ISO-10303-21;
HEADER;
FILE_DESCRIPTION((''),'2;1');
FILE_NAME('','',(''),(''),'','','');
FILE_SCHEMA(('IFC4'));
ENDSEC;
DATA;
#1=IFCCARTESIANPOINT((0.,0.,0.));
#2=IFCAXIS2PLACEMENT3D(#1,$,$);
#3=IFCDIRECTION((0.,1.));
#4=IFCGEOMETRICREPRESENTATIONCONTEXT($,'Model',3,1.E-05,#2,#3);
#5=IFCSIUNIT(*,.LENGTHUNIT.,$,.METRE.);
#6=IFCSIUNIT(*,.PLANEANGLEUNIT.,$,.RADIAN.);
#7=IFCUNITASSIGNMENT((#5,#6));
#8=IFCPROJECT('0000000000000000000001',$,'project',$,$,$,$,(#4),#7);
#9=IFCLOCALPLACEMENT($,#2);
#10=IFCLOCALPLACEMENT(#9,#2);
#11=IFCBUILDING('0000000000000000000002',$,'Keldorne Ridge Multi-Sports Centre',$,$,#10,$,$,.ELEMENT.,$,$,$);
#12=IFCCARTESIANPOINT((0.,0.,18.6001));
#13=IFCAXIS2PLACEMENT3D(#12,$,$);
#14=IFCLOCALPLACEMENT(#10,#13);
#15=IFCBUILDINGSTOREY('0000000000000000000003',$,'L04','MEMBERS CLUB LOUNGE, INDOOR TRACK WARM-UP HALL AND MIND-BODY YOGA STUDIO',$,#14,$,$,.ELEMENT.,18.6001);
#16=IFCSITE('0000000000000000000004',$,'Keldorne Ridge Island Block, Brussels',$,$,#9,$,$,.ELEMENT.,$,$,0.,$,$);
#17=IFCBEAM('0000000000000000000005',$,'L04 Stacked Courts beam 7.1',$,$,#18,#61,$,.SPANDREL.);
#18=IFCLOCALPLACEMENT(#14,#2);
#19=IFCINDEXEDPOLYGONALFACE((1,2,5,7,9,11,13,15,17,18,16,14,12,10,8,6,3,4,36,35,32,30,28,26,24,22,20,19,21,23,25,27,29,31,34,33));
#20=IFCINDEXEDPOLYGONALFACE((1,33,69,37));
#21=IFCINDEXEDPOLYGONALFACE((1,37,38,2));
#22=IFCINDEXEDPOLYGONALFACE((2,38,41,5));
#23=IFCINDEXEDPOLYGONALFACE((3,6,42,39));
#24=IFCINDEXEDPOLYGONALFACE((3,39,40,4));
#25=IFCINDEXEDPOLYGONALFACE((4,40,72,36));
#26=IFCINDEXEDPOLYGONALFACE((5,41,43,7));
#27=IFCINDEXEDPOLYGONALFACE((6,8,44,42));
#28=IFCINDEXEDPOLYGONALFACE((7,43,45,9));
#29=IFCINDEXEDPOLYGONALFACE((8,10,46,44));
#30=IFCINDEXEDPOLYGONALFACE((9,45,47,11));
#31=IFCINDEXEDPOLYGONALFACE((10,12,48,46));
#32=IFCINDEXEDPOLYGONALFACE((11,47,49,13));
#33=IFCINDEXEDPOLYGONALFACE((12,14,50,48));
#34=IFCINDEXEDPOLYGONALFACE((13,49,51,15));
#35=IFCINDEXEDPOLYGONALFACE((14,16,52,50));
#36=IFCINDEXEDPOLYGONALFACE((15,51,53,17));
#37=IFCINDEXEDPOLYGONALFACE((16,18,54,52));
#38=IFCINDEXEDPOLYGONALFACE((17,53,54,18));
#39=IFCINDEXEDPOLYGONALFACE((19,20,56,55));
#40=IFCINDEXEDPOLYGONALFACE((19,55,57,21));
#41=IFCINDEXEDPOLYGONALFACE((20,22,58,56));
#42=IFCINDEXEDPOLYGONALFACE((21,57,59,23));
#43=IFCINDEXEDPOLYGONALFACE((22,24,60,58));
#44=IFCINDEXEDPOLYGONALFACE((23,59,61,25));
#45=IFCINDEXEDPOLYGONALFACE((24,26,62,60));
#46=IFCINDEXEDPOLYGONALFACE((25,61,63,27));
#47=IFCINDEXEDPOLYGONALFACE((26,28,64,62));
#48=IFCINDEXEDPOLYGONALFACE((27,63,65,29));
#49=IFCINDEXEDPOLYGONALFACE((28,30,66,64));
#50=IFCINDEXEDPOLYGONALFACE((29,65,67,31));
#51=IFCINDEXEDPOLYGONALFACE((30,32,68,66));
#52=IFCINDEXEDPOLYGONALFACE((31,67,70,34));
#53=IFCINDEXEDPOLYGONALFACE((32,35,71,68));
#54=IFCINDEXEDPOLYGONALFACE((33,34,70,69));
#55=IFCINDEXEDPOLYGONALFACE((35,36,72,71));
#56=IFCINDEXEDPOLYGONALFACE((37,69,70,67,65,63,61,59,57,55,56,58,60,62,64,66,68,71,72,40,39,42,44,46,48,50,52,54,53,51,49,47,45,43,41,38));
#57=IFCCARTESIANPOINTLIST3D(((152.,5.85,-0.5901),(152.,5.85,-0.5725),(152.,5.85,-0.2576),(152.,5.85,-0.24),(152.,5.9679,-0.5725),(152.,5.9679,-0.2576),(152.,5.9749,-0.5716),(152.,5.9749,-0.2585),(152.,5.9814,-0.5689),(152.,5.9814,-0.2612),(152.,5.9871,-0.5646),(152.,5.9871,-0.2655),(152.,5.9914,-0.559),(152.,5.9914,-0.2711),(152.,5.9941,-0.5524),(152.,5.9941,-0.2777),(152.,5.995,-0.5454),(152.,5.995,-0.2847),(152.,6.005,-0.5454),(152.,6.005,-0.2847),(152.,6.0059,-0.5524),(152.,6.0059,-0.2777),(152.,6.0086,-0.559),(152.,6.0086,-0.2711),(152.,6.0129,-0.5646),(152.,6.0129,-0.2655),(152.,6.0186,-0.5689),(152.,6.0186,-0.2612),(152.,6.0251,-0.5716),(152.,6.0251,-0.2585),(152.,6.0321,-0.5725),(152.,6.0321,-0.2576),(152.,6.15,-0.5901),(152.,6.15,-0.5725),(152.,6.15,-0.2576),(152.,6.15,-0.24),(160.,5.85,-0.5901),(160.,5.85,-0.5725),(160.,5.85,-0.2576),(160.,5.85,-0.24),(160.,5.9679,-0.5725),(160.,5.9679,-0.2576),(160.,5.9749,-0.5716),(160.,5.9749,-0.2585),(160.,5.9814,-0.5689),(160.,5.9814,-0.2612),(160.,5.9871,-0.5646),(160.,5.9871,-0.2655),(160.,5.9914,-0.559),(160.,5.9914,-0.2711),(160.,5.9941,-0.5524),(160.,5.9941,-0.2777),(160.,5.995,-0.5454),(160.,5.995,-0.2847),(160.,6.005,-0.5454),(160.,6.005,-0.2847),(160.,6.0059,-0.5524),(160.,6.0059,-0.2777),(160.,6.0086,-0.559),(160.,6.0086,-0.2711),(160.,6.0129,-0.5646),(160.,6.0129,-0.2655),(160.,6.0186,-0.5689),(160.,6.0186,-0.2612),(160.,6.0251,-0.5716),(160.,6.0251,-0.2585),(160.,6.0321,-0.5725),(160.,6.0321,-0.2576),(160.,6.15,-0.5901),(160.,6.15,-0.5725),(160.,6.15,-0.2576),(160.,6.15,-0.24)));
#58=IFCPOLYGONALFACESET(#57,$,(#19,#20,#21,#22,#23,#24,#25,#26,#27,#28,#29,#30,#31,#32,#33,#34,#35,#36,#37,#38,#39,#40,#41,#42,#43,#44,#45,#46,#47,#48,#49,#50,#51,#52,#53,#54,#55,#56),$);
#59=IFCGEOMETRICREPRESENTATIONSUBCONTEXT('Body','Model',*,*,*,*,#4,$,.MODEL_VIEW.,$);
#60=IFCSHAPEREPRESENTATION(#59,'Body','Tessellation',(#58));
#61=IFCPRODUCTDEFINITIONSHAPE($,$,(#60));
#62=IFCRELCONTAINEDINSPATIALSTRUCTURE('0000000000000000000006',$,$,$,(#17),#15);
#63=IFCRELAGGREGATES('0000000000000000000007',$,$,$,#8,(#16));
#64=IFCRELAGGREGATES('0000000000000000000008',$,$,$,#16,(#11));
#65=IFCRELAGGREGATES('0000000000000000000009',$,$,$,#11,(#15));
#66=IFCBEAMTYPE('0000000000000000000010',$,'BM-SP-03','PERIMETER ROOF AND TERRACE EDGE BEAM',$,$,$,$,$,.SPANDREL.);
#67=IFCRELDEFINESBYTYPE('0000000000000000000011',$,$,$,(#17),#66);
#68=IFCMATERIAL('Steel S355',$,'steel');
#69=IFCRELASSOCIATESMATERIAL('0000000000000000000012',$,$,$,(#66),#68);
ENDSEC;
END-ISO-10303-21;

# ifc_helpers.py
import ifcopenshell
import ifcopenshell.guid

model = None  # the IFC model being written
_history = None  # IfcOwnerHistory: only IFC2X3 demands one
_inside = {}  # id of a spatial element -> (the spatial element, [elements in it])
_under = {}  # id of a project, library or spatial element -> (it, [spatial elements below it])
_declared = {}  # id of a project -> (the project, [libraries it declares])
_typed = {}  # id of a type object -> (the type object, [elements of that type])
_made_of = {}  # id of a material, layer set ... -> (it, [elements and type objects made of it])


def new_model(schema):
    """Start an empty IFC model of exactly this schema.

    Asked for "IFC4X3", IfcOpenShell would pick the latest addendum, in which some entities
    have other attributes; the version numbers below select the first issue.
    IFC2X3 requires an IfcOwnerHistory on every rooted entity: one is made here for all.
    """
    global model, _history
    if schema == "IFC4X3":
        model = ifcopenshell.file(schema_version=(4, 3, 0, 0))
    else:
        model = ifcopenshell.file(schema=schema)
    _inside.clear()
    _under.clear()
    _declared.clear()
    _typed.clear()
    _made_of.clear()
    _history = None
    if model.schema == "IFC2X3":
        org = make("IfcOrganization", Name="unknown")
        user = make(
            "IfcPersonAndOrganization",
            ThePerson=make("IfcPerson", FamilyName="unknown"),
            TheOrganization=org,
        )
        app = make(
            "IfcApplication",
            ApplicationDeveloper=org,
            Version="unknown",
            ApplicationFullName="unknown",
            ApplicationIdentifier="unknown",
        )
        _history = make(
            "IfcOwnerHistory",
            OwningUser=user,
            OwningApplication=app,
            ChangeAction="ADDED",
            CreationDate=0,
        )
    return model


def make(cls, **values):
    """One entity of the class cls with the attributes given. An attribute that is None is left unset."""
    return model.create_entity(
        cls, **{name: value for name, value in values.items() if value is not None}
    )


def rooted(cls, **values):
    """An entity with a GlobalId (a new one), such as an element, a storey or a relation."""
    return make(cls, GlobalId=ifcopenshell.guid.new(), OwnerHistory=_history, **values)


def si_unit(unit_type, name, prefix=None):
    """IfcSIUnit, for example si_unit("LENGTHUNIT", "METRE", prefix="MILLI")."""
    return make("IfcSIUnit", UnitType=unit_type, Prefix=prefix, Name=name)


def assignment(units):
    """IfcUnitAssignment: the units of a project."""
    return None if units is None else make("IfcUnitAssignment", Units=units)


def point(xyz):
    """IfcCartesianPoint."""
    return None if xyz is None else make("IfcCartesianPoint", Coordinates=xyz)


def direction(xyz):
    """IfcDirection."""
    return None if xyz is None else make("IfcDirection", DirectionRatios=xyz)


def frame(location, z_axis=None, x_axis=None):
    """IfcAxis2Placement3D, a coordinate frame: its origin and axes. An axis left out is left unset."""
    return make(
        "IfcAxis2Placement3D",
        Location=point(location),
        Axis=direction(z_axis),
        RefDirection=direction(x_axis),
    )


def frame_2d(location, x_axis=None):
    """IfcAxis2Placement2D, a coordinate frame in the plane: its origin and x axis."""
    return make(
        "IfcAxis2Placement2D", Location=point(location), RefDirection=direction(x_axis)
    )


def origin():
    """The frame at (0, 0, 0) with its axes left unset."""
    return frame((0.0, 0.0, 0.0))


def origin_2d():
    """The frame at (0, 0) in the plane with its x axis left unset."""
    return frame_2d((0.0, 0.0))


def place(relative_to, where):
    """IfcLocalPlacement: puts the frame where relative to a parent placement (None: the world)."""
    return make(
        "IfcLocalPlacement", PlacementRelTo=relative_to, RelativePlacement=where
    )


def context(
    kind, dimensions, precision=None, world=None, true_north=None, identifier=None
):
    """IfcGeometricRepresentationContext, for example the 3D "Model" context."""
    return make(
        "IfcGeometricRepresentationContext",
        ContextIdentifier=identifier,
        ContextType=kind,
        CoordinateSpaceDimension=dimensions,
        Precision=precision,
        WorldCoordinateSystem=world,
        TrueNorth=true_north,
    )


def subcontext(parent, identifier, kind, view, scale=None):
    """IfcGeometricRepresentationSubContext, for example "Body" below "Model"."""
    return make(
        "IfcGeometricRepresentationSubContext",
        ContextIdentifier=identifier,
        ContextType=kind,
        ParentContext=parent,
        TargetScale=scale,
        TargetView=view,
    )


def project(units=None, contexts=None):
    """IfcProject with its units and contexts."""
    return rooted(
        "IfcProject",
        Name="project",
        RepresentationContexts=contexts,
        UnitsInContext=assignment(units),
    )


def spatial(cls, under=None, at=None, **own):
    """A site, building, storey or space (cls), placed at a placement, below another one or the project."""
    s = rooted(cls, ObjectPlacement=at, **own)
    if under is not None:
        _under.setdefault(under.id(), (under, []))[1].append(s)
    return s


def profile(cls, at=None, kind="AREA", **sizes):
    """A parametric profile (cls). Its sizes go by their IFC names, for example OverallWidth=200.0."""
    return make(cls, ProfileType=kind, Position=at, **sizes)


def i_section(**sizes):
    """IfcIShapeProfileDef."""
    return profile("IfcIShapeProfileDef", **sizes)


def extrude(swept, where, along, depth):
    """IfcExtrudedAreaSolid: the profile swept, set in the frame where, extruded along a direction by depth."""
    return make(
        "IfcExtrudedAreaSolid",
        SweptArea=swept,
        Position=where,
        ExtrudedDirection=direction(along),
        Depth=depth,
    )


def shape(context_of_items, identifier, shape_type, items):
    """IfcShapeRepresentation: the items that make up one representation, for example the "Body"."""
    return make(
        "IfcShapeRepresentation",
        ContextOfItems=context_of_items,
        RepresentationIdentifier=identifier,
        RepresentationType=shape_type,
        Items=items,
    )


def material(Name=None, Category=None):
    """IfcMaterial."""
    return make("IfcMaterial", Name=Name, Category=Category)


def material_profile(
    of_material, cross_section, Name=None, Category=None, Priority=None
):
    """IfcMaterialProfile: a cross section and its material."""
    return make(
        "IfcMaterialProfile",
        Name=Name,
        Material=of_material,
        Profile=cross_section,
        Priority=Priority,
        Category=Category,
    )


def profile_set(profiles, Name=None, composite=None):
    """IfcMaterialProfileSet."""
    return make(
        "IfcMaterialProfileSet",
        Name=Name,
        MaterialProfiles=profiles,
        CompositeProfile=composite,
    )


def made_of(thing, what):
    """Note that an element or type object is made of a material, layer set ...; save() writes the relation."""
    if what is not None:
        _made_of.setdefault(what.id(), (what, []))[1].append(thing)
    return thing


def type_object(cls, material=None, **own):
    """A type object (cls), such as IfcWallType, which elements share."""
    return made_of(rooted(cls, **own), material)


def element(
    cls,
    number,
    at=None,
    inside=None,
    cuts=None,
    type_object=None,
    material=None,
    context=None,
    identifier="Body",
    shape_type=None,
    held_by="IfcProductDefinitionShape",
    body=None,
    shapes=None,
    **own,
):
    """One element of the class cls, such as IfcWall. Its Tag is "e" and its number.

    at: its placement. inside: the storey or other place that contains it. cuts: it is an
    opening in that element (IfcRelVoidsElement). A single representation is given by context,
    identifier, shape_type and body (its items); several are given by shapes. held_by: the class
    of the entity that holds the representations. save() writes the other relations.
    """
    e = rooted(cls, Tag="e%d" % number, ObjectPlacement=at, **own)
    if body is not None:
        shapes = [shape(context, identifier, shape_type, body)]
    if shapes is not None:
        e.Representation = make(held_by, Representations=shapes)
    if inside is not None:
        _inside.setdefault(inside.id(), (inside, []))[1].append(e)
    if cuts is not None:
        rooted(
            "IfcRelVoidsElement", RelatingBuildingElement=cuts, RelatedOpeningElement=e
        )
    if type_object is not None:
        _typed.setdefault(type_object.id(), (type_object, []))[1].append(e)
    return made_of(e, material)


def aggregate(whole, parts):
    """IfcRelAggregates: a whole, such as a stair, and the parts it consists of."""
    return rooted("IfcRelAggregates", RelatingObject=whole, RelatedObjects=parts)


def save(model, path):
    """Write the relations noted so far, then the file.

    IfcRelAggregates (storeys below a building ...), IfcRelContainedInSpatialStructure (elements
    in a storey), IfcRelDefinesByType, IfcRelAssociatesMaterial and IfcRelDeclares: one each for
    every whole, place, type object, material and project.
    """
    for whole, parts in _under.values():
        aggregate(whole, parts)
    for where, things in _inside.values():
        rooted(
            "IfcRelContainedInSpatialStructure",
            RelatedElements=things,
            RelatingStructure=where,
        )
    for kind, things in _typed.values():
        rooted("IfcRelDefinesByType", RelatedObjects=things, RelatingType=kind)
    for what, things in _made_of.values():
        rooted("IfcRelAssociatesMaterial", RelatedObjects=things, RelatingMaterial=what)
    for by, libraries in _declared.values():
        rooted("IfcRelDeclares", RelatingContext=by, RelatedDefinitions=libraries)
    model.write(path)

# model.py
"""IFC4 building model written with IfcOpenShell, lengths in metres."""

from ifc_helpers import new_model, si_unit, direction, frame, origin, origin_2d, place, context, subcontext, project, spatial, i_section, extrude, material, material_profile, profile_set, type_object, element, save


model = new_model("IFC4")

# Units and contexts
model_context = context("Model", 3, precision=1e-05, world=origin(), true_north=direction((0.0, 1.0)))
body_context = subcontext(model_context, "Body", "Model", "MODEL_VIEW")
ifc_project = project(units=[si_unit("LENGTHUNIT", "METRE"), si_unit("PLANEANGLEUNIT", "RADIAN")], contexts=[model_context])

# Site, building, storey
site_placement = place(None, origin())
site = spatial("IfcSite", under=ifc_project, at=site_placement, Name="Keldorne Ridge Island Block, Brussels", CompositionType="ELEMENT", RefElevation=0.0)
building_placement = place(site_placement, origin())
building = spatial("IfcBuilding", under=site, at=building_placement, Name="Keldorne Ridge Multi-Sports Centre", CompositionType="ELEMENT")
storey_placement = place(building_placement, frame((0.0, 0.0, 18.6001)))
storey = spatial("IfcBuildingStorey", under=building, at=storey_placement, Name="L04", Description="MEMBERS CLUB LOUNGE, INDOOR TRACK WARM-UP HALL AND MIND-BODY YOGA STUDIO", CompositionType="ELEMENT", Elevation=18.6001)

# Beam
ifc_material = material(Name="Steel S355", Category="steel")
ifc_material_profile_1 = material_profile(ifc_material, i_section(OverallWidth=0.3, OverallDepth=0.3501, WebThickness=0.01, FlangeThickness=0.0176, FilletRadius=0.0271, at=origin_2d()), Name="HEA 360")
ifc_profile_set_1 = profile_set([ifc_material_profile_1], Name="Steel S355")
beam_type_1 = type_object("IfcBeamType", Name="BM-SP-03", Description="PERIMETER ROOF AND TERRACE EDGE BEAM", PredefinedType="SPANDREL", material=ifc_profile_set_1)
for number, where, z_axis, x_axis, name in (
    (1, (152.0, 6.0, -0.415), (1.0, 0.0, 0.0), (0.0, 1.0, 0.0), "L04 Stacked Courts beam 7.1"),
):
    element("IfcBeam", number, at=place(storey_placement, frame(where, z_axis=z_axis, x_axis=x_axis)), inside=storey, type_object=beam_type_1, Name=name, PredefinedType="SPANDREL", context=body_context, shape_type="SweptSolid", body=[
        extrude(i_section(OverallWidth=0.3, OverallDepth=0.3501, WebThickness=0.01, FlangeThickness=0.0176, FilletRadius=0.0271, at=origin_2d()), origin(), (0.0, 0.0, 1.0), 8.0),
    ])

save(model, "model.ifc")
